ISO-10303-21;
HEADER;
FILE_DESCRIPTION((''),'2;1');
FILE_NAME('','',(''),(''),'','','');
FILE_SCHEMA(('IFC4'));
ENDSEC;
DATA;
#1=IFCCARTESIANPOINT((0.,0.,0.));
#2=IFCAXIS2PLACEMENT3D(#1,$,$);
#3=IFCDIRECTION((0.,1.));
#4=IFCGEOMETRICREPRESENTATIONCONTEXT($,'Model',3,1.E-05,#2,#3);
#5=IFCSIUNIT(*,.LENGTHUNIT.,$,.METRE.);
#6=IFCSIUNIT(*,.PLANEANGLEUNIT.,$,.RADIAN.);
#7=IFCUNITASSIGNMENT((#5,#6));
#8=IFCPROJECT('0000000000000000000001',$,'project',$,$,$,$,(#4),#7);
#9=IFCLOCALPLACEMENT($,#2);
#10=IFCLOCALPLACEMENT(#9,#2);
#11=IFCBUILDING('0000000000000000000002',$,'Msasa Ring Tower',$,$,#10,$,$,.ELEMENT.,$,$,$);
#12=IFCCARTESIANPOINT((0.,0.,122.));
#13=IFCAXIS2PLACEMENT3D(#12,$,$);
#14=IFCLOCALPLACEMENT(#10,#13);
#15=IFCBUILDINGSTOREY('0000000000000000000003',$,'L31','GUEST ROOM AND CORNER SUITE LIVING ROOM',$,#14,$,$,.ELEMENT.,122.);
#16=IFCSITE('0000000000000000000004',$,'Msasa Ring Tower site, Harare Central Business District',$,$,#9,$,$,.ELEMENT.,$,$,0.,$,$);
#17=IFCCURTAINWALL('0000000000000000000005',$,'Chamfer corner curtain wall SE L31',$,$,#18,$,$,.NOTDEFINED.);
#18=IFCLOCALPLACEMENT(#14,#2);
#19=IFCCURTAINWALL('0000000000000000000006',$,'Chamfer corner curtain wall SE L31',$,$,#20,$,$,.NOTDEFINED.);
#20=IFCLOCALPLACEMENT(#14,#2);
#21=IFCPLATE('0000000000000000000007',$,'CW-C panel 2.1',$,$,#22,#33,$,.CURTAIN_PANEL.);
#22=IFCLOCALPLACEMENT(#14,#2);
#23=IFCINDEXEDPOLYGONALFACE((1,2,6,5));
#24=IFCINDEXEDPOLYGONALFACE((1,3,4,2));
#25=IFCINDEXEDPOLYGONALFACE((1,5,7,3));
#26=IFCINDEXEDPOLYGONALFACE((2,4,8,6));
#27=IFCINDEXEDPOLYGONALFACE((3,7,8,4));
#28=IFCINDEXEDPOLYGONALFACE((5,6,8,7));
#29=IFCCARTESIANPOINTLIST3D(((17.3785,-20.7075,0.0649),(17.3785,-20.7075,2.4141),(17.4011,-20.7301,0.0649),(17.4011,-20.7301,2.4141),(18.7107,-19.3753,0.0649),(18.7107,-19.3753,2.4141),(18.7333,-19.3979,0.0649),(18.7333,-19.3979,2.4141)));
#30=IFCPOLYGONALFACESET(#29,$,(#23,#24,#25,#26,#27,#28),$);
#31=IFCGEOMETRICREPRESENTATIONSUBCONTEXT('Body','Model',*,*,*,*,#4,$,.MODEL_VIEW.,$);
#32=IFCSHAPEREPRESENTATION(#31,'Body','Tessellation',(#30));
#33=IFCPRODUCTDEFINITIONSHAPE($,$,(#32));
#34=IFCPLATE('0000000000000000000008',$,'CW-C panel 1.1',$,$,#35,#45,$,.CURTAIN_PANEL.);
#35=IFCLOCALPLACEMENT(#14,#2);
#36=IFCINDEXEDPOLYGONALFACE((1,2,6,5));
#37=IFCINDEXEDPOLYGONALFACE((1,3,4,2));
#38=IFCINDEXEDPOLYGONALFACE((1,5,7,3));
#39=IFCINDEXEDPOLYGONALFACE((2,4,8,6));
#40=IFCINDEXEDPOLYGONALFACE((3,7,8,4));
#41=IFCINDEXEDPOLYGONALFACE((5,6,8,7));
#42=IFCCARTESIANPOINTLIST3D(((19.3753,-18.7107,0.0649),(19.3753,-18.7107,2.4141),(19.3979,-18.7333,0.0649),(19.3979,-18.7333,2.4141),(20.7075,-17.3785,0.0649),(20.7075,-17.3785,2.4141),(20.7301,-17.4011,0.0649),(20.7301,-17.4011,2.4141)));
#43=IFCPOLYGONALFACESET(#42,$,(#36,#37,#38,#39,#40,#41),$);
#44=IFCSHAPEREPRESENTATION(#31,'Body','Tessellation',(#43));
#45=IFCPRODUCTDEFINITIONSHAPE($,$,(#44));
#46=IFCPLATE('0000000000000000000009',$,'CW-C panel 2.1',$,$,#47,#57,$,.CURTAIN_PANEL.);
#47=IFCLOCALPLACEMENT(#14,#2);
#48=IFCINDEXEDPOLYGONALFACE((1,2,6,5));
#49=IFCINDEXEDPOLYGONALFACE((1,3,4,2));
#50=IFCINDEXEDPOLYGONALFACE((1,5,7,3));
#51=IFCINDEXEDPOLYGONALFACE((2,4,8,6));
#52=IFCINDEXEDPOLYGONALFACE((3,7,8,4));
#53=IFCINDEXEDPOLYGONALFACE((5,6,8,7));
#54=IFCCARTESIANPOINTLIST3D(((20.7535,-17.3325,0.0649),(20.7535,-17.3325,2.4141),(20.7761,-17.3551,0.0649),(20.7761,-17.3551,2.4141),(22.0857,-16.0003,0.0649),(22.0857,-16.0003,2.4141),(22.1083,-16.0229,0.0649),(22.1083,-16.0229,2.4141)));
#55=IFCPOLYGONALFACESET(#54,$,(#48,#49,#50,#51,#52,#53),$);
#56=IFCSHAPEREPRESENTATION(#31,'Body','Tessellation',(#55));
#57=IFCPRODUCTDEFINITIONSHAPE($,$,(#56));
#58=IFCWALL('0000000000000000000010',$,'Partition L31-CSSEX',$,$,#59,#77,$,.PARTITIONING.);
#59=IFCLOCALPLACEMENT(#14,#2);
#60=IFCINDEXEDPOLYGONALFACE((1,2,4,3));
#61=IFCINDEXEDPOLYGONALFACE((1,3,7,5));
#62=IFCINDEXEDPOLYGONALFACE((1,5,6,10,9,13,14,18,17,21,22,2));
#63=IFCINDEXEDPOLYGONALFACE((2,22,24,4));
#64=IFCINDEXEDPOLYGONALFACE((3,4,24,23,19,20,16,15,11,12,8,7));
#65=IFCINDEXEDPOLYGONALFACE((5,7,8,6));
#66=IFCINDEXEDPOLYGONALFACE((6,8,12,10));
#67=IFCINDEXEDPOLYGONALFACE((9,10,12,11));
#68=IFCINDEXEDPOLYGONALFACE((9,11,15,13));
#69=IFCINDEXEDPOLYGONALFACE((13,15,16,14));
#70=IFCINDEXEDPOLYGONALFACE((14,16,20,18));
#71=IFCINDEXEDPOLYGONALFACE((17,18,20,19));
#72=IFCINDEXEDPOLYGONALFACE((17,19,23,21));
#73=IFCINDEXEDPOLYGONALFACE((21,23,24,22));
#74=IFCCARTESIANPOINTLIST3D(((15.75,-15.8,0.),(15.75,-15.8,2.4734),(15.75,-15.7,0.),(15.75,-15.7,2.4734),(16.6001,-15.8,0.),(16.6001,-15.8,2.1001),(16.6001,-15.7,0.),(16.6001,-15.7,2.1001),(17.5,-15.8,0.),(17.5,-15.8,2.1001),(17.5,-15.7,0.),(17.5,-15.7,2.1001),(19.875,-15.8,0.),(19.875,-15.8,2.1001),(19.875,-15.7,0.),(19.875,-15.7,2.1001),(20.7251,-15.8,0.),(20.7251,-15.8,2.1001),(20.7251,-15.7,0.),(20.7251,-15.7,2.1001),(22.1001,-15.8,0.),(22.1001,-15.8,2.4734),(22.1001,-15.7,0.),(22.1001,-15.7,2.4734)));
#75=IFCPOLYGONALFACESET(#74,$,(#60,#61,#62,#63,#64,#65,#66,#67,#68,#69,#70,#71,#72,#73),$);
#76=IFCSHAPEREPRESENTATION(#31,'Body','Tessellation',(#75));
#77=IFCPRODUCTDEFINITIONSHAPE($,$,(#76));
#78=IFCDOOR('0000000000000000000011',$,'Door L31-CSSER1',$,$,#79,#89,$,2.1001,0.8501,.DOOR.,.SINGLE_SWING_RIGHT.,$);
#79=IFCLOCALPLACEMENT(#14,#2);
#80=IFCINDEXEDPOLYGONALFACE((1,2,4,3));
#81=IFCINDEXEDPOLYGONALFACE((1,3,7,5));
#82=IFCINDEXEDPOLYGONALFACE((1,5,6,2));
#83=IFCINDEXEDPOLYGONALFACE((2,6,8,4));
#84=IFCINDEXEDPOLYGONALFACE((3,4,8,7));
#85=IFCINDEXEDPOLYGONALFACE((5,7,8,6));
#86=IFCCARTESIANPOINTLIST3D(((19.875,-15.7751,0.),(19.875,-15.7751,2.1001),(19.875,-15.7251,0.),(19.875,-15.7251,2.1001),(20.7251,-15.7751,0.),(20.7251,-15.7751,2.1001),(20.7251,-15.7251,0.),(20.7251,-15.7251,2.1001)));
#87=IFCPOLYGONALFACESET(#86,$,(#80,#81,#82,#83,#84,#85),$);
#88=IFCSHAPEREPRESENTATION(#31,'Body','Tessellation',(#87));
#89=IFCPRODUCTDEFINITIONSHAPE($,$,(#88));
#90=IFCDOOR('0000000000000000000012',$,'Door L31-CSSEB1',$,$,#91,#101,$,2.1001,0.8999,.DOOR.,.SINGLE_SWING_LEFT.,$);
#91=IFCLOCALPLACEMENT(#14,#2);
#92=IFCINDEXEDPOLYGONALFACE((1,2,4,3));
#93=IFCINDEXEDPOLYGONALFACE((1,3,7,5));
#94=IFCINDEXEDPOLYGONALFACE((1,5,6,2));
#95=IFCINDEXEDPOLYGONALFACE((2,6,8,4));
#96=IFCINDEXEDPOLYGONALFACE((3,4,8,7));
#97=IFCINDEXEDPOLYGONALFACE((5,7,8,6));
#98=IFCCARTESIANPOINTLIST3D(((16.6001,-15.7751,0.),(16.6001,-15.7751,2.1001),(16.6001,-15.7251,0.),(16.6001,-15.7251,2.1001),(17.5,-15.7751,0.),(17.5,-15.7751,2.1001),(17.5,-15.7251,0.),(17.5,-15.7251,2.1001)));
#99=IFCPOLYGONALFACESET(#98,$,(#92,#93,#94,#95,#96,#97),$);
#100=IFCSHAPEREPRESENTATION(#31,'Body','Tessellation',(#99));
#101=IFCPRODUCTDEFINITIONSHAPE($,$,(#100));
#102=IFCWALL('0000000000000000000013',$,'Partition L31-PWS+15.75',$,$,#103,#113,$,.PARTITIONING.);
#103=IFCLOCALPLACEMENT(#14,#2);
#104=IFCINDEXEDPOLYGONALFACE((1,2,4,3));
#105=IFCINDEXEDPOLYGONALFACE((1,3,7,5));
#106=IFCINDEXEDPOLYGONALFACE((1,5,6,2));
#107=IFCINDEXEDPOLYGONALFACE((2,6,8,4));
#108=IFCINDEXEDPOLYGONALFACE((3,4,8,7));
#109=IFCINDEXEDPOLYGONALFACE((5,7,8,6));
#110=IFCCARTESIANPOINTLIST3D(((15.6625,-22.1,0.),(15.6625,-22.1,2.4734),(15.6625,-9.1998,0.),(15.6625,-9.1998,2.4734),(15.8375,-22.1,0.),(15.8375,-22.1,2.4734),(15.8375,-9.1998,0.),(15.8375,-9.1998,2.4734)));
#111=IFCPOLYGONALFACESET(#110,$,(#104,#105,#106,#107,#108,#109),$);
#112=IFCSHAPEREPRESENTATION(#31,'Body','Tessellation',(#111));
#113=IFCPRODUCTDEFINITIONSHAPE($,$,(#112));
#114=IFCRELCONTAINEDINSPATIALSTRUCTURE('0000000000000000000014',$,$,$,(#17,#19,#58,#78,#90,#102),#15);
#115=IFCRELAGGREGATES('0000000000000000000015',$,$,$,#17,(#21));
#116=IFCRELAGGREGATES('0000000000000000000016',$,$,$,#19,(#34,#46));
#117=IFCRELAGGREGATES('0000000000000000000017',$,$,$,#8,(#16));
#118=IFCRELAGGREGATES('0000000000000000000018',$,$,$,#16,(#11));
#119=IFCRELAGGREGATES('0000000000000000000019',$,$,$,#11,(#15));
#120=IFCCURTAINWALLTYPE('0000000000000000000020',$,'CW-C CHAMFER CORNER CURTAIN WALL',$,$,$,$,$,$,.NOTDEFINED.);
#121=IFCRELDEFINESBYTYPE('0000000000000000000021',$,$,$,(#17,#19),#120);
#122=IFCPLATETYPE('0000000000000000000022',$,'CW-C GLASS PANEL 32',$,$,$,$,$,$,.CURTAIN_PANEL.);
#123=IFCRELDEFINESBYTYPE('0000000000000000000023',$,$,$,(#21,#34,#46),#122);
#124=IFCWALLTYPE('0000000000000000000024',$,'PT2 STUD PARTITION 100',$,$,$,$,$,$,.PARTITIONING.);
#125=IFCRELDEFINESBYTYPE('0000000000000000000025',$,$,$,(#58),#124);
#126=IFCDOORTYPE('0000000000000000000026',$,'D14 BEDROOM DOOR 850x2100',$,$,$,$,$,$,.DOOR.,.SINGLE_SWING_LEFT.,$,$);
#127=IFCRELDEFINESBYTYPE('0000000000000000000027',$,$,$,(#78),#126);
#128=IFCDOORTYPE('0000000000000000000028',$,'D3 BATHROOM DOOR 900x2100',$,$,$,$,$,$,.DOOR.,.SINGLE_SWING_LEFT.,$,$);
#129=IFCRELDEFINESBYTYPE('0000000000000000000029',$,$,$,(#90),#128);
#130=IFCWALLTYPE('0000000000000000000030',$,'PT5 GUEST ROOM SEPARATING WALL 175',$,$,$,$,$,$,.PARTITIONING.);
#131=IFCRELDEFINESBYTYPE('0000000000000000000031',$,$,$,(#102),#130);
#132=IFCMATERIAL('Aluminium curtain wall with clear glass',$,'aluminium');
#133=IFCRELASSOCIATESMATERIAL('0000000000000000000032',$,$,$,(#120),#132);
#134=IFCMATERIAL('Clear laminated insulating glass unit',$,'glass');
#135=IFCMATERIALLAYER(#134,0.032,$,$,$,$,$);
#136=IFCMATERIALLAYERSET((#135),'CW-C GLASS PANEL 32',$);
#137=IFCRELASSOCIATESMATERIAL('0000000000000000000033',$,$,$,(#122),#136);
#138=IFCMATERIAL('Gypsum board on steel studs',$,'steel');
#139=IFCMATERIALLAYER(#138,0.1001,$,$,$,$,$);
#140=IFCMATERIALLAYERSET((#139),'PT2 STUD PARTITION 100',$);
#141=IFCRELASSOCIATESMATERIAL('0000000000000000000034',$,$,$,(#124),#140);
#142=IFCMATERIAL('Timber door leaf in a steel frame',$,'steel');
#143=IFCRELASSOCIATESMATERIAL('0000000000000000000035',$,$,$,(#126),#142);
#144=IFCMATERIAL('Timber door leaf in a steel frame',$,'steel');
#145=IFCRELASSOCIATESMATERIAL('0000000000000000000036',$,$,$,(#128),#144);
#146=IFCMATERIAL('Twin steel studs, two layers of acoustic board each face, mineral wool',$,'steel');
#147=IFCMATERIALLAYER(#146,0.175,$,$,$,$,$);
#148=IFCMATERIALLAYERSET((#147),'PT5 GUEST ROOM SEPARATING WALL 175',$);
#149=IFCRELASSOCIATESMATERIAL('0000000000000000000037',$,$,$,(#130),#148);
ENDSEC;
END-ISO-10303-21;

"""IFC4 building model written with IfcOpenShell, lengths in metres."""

from ifc_helpers import new_model, si_unit, direction, frame, frame_2d, origin, origin_2d, place, context, subcontext, project, spatial, rectangle, extrude, material, layer, layer_set, type_object, element, fill, aggregate, save


model = new_model("IFC4")

# Units and contexts
model_context = context("Model", 3, precision=1e-05, world=origin(), true_north=direction((0.0, 1.0)))
body_context = subcontext(model_context, "Body", "Model", "MODEL_VIEW")
ifc_project = project(units=[si_unit("LENGTHUNIT", "METRE"), si_unit("PLANEANGLEUNIT", "RADIAN")], contexts=[model_context])

# Site, building, storey
site_placement = place(None, origin())
site = spatial("IfcSite", under=ifc_project, at=site_placement, Name="Msasa Ring Tower site, Harare Central Business District", CompositionType="ELEMENT", RefElevation=0.0)
building_placement = place(site_placement, origin())
building = spatial("IfcBuilding", under=site, at=building_placement, Name="Msasa Ring Tower", CompositionType="ELEMENT")
storey_placement = place(building_placement, frame((0.0, 0.0, 122.0)))
storey = spatial("IfcBuildingStorey", under=building, at=storey_placement, Name="L31", Description="GUEST ROOM AND CORNER SUITE LIVING ROOM", CompositionType="ELEMENT", Elevation=122.0)

# Curtain walls
ifc_material_1 = material(Name="Aluminium curtain wall with clear glass", Category="aluminium")
curtain_wall_type = type_object("IfcCurtainWallType", Name="CW-C CHAMFER CORNER CURTAIN WALL", PredefinedType="NOTDEFINED", material=ifc_material_1)
curtain_wall_1_placement = place(storey_placement, origin())
curtain_wall_1 = element("IfcCurtainWall", 1, at=curtain_wall_1_placement, inside=storey, type_object=curtain_wall_type, Name="Chamfer corner curtain wall SE L31", PredefinedType="NOTDEFINED")
curtain_wall_2_placement = place(storey_placement, origin())
curtain_wall_2 = element("IfcCurtainWall", 2, at=curtain_wall_2_placement, inside=storey, type_object=curtain_wall_type, Name="Chamfer corner curtain wall SE L31", PredefinedType="NOTDEFINED")

# Plates
ifc_material_2 = material(Name="Clear laminated insulating glass unit", Category="glass")
ifc_layer_1 = layer(ifc_material_2, 0.032)
ifc_layer_set_1 = layer_set([ifc_layer_1], Name="CW-C GLASS PANEL 32")
plate_type = type_object("IfcPlateType", Name="CW-C GLASS PANEL 32", PredefinedType="CURTAIN_PANEL", material=ifc_layer_set_1)
plate_1_placement = place(storey_placement, frame((18.0559, -20.0527, 0.0649), z_axis=(0.0, 0.0, 1.0), x_axis=(0.707107, 0.707107, 0.0)))
plate_1 = element("IfcPlate", 3, at=plate_1_placement, type_object=plate_type, Name="CW-C panel 2.1", PredefinedType="CURTAIN_PANEL", context=body_context, shape_type="SweptSolid", body=[
    extrude(rectangle(XDim=1.884, YDim=0.032, at=origin_2d()), origin(), (0.0, 0.0, 1.0), 2.3491),
])
aggregate(curtain_wall_1, [plate_1])
plate_2_placement = place(storey_placement, frame((20.0527, -18.0559, 0.0649), z_axis=(0.0, 0.0, 1.0), x_axis=(0.707107, 0.707107, 0.0)))
plate_2 = element("IfcPlate", 4, at=plate_2_placement, type_object=plate_type, Name="CW-C panel 1.1", PredefinedType="CURTAIN_PANEL", context=body_context, shape_type="SweptSolid", body=[
    extrude(rectangle(XDim=1.884, YDim=0.032, at=origin_2d()), origin(), (0.0, 0.0, 1.0), 2.3491),
])
plate_3_placement = place(storey_placement, frame((21.4309, -16.6777, 0.0649), z_axis=(0.0, 0.0, 1.0), x_axis=(0.707107, 0.707107, 0.0)))
plate_3 = element("IfcPlate", 5, at=plate_3_placement, type_object=plate_type, Name="CW-C panel 2.1", PredefinedType="CURTAIN_PANEL", context=body_context, shape_type="SweptSolid", body=[
    extrude(rectangle(XDim=1.884, YDim=0.032, at=origin_2d()), origin(), (0.0, 0.0, 1.0), 2.3491),
])
aggregate(curtain_wall_2, [plate_2, plate_3])

# Wall, openings, doors
ifc_material_3 = material(Name="Gypsum board on steel studs", Category="steel")
ifc_layer_2 = layer(ifc_material_3, 0.1001)
ifc_layer_set_2 = layer_set([ifc_layer_2], Name="PT2 STUD PARTITION 100")
wall_type_1 = type_object("IfcWallType", Name="PT2 STUD PARTITION 100", PredefinedType="PARTITIONING", material=ifc_layer_set_2)
wall_1_placement = place(storey_placement, frame((15.75, -15.75, 0.0), z_axis=(0.0, 0.0, 1.0), x_axis=(1.0, 0.0, 0.0)))
wall_1 = element("IfcWall", 6, at=wall_1_placement, inside=storey, type_object=wall_type_1, Name="Partition L31-CSSEX", PredefinedType="PARTITIONING", context=body_context, shape_type="SweptSolid", body=[
    extrude(rectangle(XDim=6.3501, YDim=0.1001, at=frame_2d((3.175, 0.0))), origin(), (0.0, 0.0, 1.0), 2.4734),
])
opening_1_placement = place(wall_1_placement, frame((4.125, 0.0, 0.0)))
opening_1 = element("IfcOpeningElement", 7, at=opening_1_placement, cuts=wall_1, PredefinedType="OPENING", context=body_context, shape_type="SweptSolid", body=[
    extrude(rectangle(XDim=0.8501, YDim=2.1001, at=frame_2d((0.425, 1.05))), frame((0.0, 0.0601, 0.0), z_axis=(0.0, -1.0, 0.0), x_axis=(1.0, 0.0, 0.0)), (0.0, 0.0, 1.0), 0.1201),
])
opening_2_placement = place(wall_1_placement, frame((0.8501, 0.0, 0.0)))
opening_2 = element("IfcOpeningElement", 8, at=opening_2_placement, cuts=wall_1, PredefinedType="OPENING", context=body_context, shape_type="SweptSolid", body=[
    extrude(rectangle(XDim=0.8999, YDim=2.1001, at=frame_2d((0.45, 1.05))), frame((0.0, 0.0601, 0.0), z_axis=(0.0, -1.0, 0.0), x_axis=(1.0, 0.0, 0.0)), (0.0, 0.0, 1.0), 0.1201),
])
ifc_material_4 = material(Name="Timber door leaf in a steel frame", Category="steel")
door_type_1 = type_object("IfcDoorType", Name="D14 BEDROOM DOOR 850x2100", OperationType="SINGLE_SWING_LEFT", PredefinedType="DOOR", material=ifc_material_4)
door_1_placement = place(opening_1_placement, origin())
door_1 = element("IfcDoor", 9, at=door_1_placement, inside=storey, type_object=door_type_1, Name="Door L31-CSSER1", OperationType="SINGLE_SWING_RIGHT", OverallHeight=2.1001, OverallWidth=0.8501, PredefinedType="DOOR", context=body_context, shape_type="SweptSolid", body=[
    extrude(rectangle(XDim=0.8501, YDim=2.1001, at=frame_2d((0.425, 1.05))), frame((0.0, 0.0249, 0.0), z_axis=(0.0, -1.0, 0.0), x_axis=(1.0, 0.0, 0.0)), (0.0, 0.0, 1.0), 0.05),
])
fill(opening_1, door_1)
ifc_material_5 = material(Name="Timber door leaf in a steel frame", Category="steel")
door_type_2 = type_object("IfcDoorType", Name="D3 BATHROOM DOOR 900x2100", OperationType="SINGLE_SWING_LEFT", PredefinedType="DOOR", material=ifc_material_5)
door_2_placement = place(opening_2_placement, origin())
door_2 = element("IfcDoor", 10, at=door_2_placement, inside=storey, type_object=door_type_2, Name="Door L31-CSSEB1", OperationType="SINGLE_SWING_LEFT", OverallHeight=2.1001, OverallWidth=0.8999, PredefinedType="DOOR", context=body_context, shape_type="SweptSolid", body=[
    extrude(rectangle(XDim=0.8999, YDim=2.1001, at=frame_2d((0.45, 1.05))), frame((0.0, 0.0249, 0.0), z_axis=(0.0, -1.0, 0.0), x_axis=(1.0, 0.0, 0.0)), (0.0, 0.0, 1.0), 0.05),
])
fill(opening_2, door_2)

# Wall
ifc_material_6 = material(Name="Twin steel studs, two layers of acoustic board each face, mineral wool", Category="steel")
ifc_layer_3 = layer(ifc_material_6, 0.175)
ifc_layer_set_3 = layer_set([ifc_layer_3], Name="PT5 GUEST ROOM SEPARATING WALL 175")
wall_type_2 = type_object("IfcWallType", Name="PT5 GUEST ROOM SEPARATING WALL 175", PredefinedType="PARTITIONING", material=ifc_layer_set_3)
wall_2_placement = place(storey_placement, frame((15.75, -22.1001, 0.0), z_axis=(0.0, 0.0, 1.0), x_axis=(0.0, 1.0, 0.0)))
element("IfcWall", 11, at=wall_2_placement, inside=storey, type_object=wall_type_2, Name="Partition L31-PWS+15.75", PredefinedType="PARTITIONING", context=body_context, shape_type="SweptSolid", body=[
    extrude(rectangle(XDim=12.9001, YDim=0.175, at=frame_2d((6.4502, 0.0))), origin(), (0.0, 0.0, 1.0), 2.4734),
])

save(model, "model.ifc")
